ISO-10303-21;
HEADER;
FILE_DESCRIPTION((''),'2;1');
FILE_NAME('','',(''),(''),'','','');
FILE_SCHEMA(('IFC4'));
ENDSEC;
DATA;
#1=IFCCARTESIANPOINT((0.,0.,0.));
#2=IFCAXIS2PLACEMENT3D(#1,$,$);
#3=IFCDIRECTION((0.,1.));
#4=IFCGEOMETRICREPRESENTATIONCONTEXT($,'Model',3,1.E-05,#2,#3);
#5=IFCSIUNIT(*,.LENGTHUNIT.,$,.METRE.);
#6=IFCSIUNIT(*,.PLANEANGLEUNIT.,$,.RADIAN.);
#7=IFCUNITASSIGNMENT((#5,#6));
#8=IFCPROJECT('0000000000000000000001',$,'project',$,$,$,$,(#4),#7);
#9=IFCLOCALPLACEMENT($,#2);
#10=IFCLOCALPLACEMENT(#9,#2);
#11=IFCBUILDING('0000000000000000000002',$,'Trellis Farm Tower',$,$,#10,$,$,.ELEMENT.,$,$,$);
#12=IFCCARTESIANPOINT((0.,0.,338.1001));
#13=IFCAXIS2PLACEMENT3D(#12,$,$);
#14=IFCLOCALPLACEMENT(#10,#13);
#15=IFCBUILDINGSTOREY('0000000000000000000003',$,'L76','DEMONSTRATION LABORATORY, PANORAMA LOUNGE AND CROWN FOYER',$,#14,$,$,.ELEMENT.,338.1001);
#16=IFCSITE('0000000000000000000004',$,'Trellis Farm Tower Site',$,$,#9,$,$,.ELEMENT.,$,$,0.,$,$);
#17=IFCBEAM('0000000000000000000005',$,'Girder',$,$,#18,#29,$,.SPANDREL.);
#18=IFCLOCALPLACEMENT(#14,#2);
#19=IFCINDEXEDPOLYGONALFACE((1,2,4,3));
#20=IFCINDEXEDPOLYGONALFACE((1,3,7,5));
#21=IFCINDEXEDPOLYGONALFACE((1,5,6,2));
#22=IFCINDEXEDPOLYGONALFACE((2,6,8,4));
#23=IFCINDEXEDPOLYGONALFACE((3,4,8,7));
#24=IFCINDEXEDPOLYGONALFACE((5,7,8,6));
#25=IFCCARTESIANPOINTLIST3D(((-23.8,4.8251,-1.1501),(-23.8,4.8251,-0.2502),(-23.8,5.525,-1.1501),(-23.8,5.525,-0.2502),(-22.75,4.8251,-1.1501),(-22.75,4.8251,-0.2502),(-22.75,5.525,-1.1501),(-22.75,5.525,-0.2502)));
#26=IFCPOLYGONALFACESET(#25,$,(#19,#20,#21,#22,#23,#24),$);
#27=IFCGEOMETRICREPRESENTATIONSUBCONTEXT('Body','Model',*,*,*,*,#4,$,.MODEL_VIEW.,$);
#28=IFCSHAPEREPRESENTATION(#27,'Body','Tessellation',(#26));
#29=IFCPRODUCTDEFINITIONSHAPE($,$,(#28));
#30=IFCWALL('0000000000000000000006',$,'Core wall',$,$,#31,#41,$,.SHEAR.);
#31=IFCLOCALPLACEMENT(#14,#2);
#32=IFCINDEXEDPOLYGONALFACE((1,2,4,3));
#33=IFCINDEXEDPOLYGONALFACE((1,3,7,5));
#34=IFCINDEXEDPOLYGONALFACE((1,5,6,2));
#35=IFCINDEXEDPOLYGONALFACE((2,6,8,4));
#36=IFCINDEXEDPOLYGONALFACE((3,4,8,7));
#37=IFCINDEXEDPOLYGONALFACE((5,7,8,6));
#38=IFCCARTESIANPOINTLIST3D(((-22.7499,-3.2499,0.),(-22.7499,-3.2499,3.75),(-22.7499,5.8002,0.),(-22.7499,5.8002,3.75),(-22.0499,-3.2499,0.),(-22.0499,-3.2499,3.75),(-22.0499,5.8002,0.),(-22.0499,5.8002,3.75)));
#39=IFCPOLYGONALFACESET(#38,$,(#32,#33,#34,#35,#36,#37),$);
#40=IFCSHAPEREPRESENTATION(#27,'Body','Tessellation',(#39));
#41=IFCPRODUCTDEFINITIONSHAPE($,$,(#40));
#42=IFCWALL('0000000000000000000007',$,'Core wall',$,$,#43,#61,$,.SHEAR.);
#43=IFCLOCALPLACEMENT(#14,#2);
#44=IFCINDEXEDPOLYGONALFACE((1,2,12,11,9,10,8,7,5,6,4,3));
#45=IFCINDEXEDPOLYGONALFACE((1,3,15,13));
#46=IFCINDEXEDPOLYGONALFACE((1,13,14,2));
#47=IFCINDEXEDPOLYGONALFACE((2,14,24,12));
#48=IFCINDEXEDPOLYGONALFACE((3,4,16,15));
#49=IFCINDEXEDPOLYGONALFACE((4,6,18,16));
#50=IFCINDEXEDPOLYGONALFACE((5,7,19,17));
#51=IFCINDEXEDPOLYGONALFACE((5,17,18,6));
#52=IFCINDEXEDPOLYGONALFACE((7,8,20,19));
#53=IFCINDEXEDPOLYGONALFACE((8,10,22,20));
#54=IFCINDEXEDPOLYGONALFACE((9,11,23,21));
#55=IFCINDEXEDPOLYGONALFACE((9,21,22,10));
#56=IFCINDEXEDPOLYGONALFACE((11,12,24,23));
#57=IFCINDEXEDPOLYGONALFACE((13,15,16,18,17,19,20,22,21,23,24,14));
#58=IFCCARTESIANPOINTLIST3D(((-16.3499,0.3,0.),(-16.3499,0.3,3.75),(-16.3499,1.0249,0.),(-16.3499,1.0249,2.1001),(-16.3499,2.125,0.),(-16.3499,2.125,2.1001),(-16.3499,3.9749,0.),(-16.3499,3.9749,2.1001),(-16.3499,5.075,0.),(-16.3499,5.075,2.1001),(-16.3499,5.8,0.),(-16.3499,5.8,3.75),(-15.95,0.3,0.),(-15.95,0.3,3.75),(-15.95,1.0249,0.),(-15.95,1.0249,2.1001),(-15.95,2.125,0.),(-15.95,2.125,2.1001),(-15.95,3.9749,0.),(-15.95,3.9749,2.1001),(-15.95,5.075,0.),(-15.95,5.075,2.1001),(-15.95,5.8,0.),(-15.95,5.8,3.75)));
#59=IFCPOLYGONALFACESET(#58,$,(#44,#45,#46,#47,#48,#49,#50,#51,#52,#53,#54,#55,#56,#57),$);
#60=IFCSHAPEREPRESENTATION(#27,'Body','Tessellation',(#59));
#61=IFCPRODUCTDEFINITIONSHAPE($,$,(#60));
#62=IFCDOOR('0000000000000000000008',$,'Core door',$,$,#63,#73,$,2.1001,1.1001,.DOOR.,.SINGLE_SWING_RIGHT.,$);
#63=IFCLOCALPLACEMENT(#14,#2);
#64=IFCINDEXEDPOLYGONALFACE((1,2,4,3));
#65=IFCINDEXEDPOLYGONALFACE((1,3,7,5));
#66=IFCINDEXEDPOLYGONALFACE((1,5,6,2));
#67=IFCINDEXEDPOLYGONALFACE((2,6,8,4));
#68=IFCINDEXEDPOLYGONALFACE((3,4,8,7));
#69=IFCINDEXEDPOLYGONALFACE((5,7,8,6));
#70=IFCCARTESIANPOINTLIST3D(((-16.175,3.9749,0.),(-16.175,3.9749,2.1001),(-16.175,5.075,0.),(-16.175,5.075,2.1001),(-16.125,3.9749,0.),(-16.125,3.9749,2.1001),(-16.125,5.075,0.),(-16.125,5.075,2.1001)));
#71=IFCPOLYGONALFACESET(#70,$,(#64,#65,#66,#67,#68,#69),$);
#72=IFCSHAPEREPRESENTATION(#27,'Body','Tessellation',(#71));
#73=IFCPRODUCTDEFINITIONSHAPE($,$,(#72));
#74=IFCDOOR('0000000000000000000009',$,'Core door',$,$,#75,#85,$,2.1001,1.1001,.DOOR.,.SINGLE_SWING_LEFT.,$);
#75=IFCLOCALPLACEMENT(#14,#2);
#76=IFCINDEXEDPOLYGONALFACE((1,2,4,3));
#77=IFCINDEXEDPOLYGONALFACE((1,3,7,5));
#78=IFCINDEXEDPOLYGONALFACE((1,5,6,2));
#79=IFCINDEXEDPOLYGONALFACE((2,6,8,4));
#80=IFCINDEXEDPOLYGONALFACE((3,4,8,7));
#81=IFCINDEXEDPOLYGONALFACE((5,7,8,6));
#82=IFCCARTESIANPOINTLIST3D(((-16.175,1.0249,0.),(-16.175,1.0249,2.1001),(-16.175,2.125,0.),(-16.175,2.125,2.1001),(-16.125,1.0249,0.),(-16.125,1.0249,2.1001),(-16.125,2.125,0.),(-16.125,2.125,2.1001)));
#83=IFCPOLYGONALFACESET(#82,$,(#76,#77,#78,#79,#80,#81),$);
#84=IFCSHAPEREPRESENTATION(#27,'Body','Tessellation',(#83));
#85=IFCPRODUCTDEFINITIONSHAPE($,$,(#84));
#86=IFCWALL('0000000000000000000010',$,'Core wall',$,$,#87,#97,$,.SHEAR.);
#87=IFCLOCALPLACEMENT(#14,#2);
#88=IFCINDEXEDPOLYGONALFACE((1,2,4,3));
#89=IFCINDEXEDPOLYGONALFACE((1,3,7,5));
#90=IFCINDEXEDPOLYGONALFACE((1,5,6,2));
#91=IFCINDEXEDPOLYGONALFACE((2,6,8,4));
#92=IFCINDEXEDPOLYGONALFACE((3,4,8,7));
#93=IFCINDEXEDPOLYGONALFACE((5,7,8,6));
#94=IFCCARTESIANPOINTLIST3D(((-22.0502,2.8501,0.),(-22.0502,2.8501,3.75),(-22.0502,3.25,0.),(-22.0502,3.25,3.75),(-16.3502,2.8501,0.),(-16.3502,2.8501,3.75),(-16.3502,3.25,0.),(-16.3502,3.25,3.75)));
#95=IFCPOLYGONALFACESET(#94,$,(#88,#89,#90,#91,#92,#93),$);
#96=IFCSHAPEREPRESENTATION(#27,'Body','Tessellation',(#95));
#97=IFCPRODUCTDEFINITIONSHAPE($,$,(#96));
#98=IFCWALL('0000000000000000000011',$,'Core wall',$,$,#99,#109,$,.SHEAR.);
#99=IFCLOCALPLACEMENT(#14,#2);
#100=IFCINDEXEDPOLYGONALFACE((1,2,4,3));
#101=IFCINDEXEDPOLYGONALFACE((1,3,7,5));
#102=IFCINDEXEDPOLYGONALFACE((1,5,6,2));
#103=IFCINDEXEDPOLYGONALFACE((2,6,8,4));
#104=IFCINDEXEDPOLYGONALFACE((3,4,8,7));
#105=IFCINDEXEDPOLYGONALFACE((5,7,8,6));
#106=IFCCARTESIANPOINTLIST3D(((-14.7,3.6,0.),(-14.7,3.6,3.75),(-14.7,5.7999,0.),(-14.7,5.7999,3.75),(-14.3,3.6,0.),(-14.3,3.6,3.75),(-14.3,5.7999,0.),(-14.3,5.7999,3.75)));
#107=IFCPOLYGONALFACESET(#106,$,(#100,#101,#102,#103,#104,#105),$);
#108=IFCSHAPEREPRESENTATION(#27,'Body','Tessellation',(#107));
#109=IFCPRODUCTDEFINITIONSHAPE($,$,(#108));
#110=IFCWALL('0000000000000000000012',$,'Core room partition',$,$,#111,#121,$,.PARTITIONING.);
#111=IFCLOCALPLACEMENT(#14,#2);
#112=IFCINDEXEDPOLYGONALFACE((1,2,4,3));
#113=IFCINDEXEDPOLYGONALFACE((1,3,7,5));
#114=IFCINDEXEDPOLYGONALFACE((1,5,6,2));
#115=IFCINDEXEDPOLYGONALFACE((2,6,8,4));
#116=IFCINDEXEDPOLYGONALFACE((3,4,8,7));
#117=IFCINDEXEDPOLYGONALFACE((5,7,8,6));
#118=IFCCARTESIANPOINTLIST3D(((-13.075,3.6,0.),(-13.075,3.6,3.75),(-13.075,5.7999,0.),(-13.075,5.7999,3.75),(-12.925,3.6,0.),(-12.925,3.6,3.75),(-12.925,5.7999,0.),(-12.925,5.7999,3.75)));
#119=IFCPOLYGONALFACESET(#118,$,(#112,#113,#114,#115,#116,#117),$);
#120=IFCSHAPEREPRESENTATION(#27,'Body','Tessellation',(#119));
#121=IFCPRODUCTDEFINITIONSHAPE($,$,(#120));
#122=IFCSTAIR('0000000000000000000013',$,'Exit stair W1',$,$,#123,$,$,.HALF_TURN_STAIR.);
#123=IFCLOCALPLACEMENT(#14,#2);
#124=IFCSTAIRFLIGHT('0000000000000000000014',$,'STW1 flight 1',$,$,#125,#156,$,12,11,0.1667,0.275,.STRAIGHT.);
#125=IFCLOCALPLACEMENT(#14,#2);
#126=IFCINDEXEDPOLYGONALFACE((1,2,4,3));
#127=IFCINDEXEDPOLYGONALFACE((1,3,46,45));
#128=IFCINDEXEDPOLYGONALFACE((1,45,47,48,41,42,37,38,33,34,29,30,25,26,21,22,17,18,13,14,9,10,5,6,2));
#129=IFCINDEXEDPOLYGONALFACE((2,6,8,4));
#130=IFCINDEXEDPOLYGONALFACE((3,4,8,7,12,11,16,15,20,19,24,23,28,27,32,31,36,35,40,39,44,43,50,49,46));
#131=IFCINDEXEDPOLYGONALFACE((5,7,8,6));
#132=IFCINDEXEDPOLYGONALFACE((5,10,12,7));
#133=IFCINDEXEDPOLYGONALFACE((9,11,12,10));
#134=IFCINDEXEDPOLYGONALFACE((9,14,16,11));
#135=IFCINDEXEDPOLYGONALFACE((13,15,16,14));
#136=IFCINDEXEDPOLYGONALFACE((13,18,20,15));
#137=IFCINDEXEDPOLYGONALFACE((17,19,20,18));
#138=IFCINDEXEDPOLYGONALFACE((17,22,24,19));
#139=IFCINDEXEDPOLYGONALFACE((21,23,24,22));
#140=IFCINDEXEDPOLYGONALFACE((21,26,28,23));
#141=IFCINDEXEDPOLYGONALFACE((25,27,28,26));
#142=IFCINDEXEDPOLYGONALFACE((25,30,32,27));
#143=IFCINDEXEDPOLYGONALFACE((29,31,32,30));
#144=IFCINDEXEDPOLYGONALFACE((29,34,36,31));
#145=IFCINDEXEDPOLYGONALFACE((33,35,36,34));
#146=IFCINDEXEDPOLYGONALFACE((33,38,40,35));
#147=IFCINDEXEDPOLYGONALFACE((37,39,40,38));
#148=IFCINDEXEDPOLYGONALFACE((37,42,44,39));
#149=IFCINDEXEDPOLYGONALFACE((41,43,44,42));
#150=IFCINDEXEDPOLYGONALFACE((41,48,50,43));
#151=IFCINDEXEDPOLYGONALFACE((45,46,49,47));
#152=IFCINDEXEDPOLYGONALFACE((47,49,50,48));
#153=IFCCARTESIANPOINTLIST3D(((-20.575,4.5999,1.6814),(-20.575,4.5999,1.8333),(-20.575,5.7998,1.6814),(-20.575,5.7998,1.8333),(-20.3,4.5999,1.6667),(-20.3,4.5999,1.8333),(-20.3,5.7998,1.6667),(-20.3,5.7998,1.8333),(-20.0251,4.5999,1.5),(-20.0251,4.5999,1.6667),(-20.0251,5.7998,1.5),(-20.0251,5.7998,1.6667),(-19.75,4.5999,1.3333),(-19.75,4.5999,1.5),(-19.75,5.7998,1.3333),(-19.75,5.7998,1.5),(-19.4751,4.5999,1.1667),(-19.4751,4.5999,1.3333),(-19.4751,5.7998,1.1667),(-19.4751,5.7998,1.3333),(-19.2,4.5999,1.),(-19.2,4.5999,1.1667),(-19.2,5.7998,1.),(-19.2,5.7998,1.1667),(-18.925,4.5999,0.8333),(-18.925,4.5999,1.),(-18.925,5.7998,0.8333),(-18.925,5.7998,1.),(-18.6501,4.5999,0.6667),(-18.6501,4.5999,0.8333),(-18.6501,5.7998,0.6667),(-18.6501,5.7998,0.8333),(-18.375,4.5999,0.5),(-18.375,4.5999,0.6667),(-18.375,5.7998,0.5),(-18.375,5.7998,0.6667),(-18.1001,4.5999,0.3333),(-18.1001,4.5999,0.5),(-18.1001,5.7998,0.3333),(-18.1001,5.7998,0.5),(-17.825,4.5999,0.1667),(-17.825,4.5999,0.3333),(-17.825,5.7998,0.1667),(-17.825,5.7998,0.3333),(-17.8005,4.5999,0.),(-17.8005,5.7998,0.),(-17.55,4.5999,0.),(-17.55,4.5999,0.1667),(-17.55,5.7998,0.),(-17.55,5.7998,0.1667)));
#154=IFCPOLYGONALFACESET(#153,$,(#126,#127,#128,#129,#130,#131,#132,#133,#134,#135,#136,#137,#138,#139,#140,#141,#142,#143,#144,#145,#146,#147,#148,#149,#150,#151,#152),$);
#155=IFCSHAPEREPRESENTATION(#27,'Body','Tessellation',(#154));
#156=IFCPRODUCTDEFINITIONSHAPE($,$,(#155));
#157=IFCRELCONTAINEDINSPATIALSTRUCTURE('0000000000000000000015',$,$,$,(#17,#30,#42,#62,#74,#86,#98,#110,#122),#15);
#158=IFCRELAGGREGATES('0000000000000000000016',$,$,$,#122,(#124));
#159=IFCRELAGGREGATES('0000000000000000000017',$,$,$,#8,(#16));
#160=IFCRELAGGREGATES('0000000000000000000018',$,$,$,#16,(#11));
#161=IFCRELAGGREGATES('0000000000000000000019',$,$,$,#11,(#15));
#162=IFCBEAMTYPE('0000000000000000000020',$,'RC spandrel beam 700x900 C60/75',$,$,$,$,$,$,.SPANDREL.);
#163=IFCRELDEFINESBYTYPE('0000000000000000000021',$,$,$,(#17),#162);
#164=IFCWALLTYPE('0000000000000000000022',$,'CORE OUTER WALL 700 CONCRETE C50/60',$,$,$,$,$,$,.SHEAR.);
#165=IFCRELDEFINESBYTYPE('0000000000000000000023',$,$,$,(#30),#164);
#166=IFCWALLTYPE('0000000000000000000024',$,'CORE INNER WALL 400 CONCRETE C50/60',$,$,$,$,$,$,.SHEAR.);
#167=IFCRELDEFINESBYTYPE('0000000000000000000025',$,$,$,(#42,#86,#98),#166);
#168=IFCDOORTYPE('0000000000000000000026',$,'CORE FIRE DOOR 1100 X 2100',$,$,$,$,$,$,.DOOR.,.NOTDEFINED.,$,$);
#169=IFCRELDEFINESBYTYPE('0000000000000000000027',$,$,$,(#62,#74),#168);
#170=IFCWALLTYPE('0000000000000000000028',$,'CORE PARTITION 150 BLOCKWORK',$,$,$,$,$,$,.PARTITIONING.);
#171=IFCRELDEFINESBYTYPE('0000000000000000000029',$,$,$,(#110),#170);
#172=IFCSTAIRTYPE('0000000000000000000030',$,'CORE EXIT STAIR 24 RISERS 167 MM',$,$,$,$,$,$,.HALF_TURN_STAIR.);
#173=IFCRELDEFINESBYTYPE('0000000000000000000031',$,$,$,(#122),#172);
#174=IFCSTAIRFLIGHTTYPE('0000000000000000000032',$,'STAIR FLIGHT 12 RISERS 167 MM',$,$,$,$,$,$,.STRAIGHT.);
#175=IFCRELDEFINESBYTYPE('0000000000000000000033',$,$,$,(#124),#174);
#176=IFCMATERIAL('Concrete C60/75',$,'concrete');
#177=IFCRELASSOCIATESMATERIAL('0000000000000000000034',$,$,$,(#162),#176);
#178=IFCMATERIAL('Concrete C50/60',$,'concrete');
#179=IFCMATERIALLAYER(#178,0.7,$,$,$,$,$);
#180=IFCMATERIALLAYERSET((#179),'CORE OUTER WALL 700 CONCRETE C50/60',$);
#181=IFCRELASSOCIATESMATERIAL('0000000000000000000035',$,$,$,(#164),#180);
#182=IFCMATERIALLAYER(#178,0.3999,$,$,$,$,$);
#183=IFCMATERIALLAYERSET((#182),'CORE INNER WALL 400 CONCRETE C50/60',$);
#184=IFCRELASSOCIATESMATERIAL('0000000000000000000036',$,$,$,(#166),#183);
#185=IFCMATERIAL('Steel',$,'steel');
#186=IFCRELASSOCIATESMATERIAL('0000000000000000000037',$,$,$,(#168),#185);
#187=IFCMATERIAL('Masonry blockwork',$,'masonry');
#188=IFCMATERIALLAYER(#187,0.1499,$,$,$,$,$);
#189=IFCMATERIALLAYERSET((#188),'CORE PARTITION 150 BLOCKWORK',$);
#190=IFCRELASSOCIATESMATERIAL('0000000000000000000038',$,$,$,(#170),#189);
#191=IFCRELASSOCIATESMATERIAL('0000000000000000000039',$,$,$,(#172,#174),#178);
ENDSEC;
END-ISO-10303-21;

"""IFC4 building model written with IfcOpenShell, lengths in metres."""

from ifc_helpers import new_model, si_unit, direction, frame, frame_2d, origin, origin_2d, place, context, subcontext, project, spatial, polyline, rectangle, outline, extrude, source, transform, mapped, material, layer, layer_set, material_profile, profile_set, type_object, element, fill, aggregate, save


model = new_model("IFC4")

# Units and contexts
model_context = context("Model", 3, precision=1e-05, world=origin(), true_north=direction((0.0, 1.0)))
body_context = subcontext(model_context, "Body", "Model", "MODEL_VIEW")
ifc_project = project(units=[si_unit("LENGTHUNIT", "METRE"), si_unit("PLANEANGLEUNIT", "RADIAN")], contexts=[model_context])

# Site, building, storey
site_placement = place(None, origin())
site = spatial("IfcSite", under=ifc_project, at=site_placement, Name="Trellis Farm Tower Site", CompositionType="ELEMENT", RefElevation=0.0)
building_placement = place(site_placement, origin())
building = spatial("IfcBuilding", under=site, at=building_placement, Name="Trellis Farm Tower", CompositionType="ELEMENT")
storey_placement = place(building_placement, frame((0.0, 0.0, 338.1001)))
storey = spatial("IfcBuildingStorey", under=building, at=storey_placement, Name="L76", Description="DEMONSTRATION LABORATORY, PANORAMA LOUNGE AND CROWN FOYER", CompositionType="ELEMENT", Elevation=338.1001)

# Beam
ifc_material_1 = material(Name="Concrete C60/75", Category="concrete")
ifc_material_profile = material_profile(ifc_material_1, rectangle(XDim=0.7, YDim=0.8999, at=origin_2d()), Name="RC spandrel beam 700x900 C60/75")
ifc_profile_set = profile_set([ifc_material_profile], Name="Concrete C60/75")
beam_type = type_object("IfcBeamType", Name="RC spandrel beam 700x900 C60/75", PredefinedType="SPANDREL", material=ifc_profile_set)
shared_shape_1 = source(origin(), body_context, "Body", "SweptSolid", [
    extrude(rectangle(XDim=0.7, YDim=0.8999, at=origin_2d()), origin(), (0.0, 0.0, 1.0), 1.05),
])
beam_placement = place(storey_placement, frame((-23.8, 5.175, -0.7002), z_axis=(1.0, 0.0, 0.0), x_axis=(0.0, 1.0, 0.0)))
element("IfcBeam", 1, at=beam_placement, inside=storey, type_object=beam_type, Name="Girder", PredefinedType="SPANDREL", context=body_context, shape_type="MappedRepresentation", body=[
    mapped(shared_shape_1, transform((0.0, 0.0, 0.0))),
])

# Wall
ifc_material_2 = material(Name="Concrete C50/60", Category="concrete")
ifc_layer_1 = layer(ifc_material_2, 0.7)
ifc_layer_set_1 = layer_set([ifc_layer_1], Name="CORE OUTER WALL 700 CONCRETE C50/60")
wall_type_1 = type_object("IfcWallType", Name="CORE OUTER WALL 700 CONCRETE C50/60", PredefinedType="SHEAR", material=ifc_layer_set_1)
shared_shape_2 = source(origin(), body_context, "Body", "SweptSolid", [
    extrude(rectangle(XDim=9.05, YDim=0.7, at=frame_2d((4.5249, 0.0))), origin(), (0.0, 0.0, 1.0), 3.75),
])
wall_1_placement = place(storey_placement, frame((-22.3999, 5.8, 0.0), z_axis=(0.0, 0.0, 1.0), x_axis=(0.0, -1.0, 0.0)))
element("IfcWall", 2, at=wall_1_placement, inside=storey, type_object=wall_type_1, Name="Core wall", PredefinedType="SHEAR", context=body_context, shape_type="MappedRepresentation", body=[
    mapped(shared_shape_2, transform((0.0, 0.0, 0.0))),
])

# Wall, openings, doors
ifc_layer_2 = layer(ifc_material_2, 0.3999)
ifc_layer_set_2 = layer_set([ifc_layer_2], Name="CORE INNER WALL 400 CONCRETE C50/60")
wall_type_2 = type_object("IfcWallType", Name="CORE INNER WALL 400 CONCRETE C50/60", PredefinedType="SHEAR", material=ifc_layer_set_2)
shared_shape_3 = source(origin(), body_context, "Body", "SweptSolid", [
    extrude(rectangle(XDim=5.5, YDim=0.3999, at=frame_2d((2.75, 0.0))), origin(), (0.0, 0.0, 1.0), 3.75),
])
wall_2_placement = place(storey_placement, frame((-16.1499, 5.8, 0.0), z_axis=(0.0, 0.0, 1.0), x_axis=(0.0, -1.0, 0.0)))
wall_2 = element("IfcWall", 3, at=wall_2_placement, inside=storey, type_object=wall_type_2, Name="Core wall", PredefinedType="SHEAR", context=body_context, shape_type="MappedRepresentation", body=[
    mapped(shared_shape_3, transform((0.0, 0.0, 0.0))),
])
shared_shape_4 = source(origin(), body_context, "Body", "SweptSolid", [
    extrude(rectangle(XDim=1.1001, YDim=2.1001, at=frame_2d((0.55, 1.05))), frame((0.0, 0.21, 0.0), z_axis=(0.0, -1.0, 0.0), x_axis=(1.0, 0.0, 0.0)), (0.0, 0.0, 1.0), 0.4199),
])
opening_1_placement = place(wall_2_placement, frame((0.7251, 0.0, 0.0)))
opening_1 = element("IfcOpeningElement", 4, at=opening_1_placement, cuts=wall_2, PredefinedType="OPENING", context=body_context, shape_type="MappedRepresentation", body=[
    mapped(shared_shape_4, transform((0.0, 0.0, 0.0))),
])
opening_2_placement = place(wall_2_placement, frame((3.675, 0.0, 0.0)))
opening_2 = element("IfcOpeningElement", 5, at=opening_2_placement, cuts=wall_2, PredefinedType="OPENING", context=body_context, shape_type="MappedRepresentation", body=[
    mapped(shared_shape_4, transform((0.0, 0.0, 0.0))),
])
ifc_material_3 = material(Name="Steel", Category="steel")
door_type = type_object("IfcDoorType", Name="CORE FIRE DOOR 1100 X 2100", OperationType="NOTDEFINED", PredefinedType="DOOR", material=ifc_material_3)
shared_shape_5 = source(origin(), body_context, "Body", "SweptSolid", [
    extrude(rectangle(XDim=1.1001, YDim=2.1001, at=frame_2d((0.55, 1.05))), frame((0.0, 0.0249, 0.0), z_axis=(0.0, -1.0, 0.0), x_axis=(1.0, 0.0, 0.0)), (0.0, 0.0, 1.0), 0.05),
])
door_1_placement = place(opening_1_placement, origin())
door_1 = element("IfcDoor", 6, at=door_1_placement, inside=storey, type_object=door_type, Name="Core door", OperationType="SINGLE_SWING_RIGHT", OverallHeight=2.1001, OverallWidth=1.1001, PredefinedType="DOOR", context=body_context, shape_type="MappedRepresentation", body=[
    mapped(shared_shape_5, transform((0.0, 0.0, 0.0))),
])
fill(opening_1, door_1)
door_2_placement = place(opening_2_placement, origin())
door_2 = element("IfcDoor", 7, at=door_2_placement, inside=storey, type_object=door_type, Name="Core door", OperationType="SINGLE_SWING_LEFT", OverallHeight=2.1001, OverallWidth=1.1001, PredefinedType="DOOR", context=body_context, shape_type="MappedRepresentation", body=[
    mapped(shared_shape_5, transform((0.0, 0.0, 0.0))),
])
fill(opening_2, door_2)

# Walls
shared_shape_6 = source(origin(), body_context, "Body", "SweptSolid", [
    extrude(rectangle(XDim=5.7, YDim=0.3999, at=frame_2d((2.8501, 0.0))), origin(), (0.0, 0.0, 1.0), 3.75),
])
wall_3_placement = place(storey_placement, frame((-16.3501, 3.05, 0.0), z_axis=(0.0, 0.0, 1.0), x_axis=(-1.0, 0.0, 0.0)))
element("IfcWall", 8, at=wall_3_placement, inside=storey, type_object=wall_type_2, Name="Core wall", PredefinedType="SHEAR", context=body_context, shape_type="MappedRepresentation", body=[
    mapped(shared_shape_6, transform((0.0, 0.0, 0.0))),
])
shared_shape_7 = source(origin(), body_context, "Body", "SweptSolid", [
    extrude(rectangle(XDim=2.2, YDim=0.3999, at=frame_2d((1.1001, 0.0))), origin(), (0.0, 0.0, 1.0), 3.75),
])
wall_4_placement = place(storey_placement, frame((-14.5, 5.8, 0.0), z_axis=(0.0, 0.0, 1.0), x_axis=(0.0, -1.0, 0.0)))
element("IfcWall", 9, at=wall_4_placement, inside=storey, type_object=wall_type_2, Name="Core wall", PredefinedType="SHEAR", context=body_context, shape_type="MappedRepresentation", body=[
    mapped(shared_shape_7, transform((0.0, 0.0, 0.0))),
])
ifc_material_4 = material(Name="Masonry blockwork", Category="masonry")
ifc_layer_3 = layer(ifc_material_4, 0.1499)
ifc_layer_set_3 = layer_set([ifc_layer_3], Name="CORE PARTITION 150 BLOCKWORK")
wall_type_3 = type_object("IfcWallType", Name="CORE PARTITION 150 BLOCKWORK", PredefinedType="PARTITIONING", material=ifc_layer_set_3)
shared_shape_8 = source(origin(), body_context, "Body", "SweptSolid", [
    extrude(rectangle(XDim=2.2, YDim=0.1499, at=frame_2d((1.1001, 0.0))), origin(), (0.0, 0.0, 1.0), 3.75),
])
wall_5_placement = place(storey_placement, frame((-13.0, 5.8, 0.0), z_axis=(0.0, 0.0, 1.0), x_axis=(0.0, -1.0, 0.0)))
element("IfcWall", 10, at=wall_5_placement, inside=storey, type_object=wall_type_3, Name="Core room partition", PredefinedType="PARTITIONING", context=body_context, shape_type="MappedRepresentation", body=[
    mapped(shared_shape_8, transform((0.0, 0.0, 0.0))),
])

# Stair, stair flight
stair_type = type_object("IfcStairType", Name="CORE EXIT STAIR 24 RISERS 167 MM", PredefinedType="HALF_TURN_STAIR", material=ifc_material_2)
placement = place(storey_placement, origin())
stair_1 = element("IfcStair", 11, at=placement, inside=storey, type_object=stair_type, Name="Exit stair W1", PredefinedType="HALF_TURN_STAIR")
stair_flight_type = type_object("IfcStairFlightType", Name="STAIR FLIGHT 12 RISERS 167 MM", PredefinedType="STRAIGHT", material=ifc_material_2)
shared_shape_9 = source(origin(), body_context, "Body", "SweptSolid", [
    extrude(outline(polyline([(0.0, 0.0), (0.0, 0.1667), (0.2749, 0.1667), (0.2749, 0.3333), (0.55, 0.3333), (0.55, 0.5), (0.825, 0.5), (0.825, 0.6667), (1.1001, 0.6667), (1.1001, 0.8333), (1.375, 0.8333), (1.375, 1.0), (1.6499, 1.0), (1.6499, 1.1667), (1.925, 1.1667), (1.925, 1.3333), (2.2, 1.3333), (2.2, 1.5), (2.4751, 1.5), (2.4751, 1.6667), (2.75, 1.6667), (2.75, 1.8333), (3.0249, 1.8333), (3.0249, 2.0), (3.0249, 1.6814), (0.2505, 0.0), (0.0, 0.0)])), frame((0.0, 0.6001, 0.0), z_axis=(0.0, -1.0, 0.0), x_axis=(1.0, 0.0, 0.0)), (0.0, 0.0, 1.0), 1.2),
])
stair_flight_1_placement = place(storey_placement, frame((-17.55, 5.2, 0.0), z_axis=(0.0, 0.0, 1.0), x_axis=(-1.0, 0.0, 0.0)))
stair_flight_1 = element("IfcStairFlight", 12, at=stair_flight_1_placement, type_object=stair_flight_type, Name="STW1 flight 1", NumberOfRisers=12, NumberOfTreads=11, PredefinedType="STRAIGHT", RiserHeight=0.1667, TreadLength=0.275, context=body_context, shape_type="MappedRepresentation", body=[
    mapped(shared_shape_9, transform((0.0, 0.0, 0.0))),
])
aggregate(stair_1, [stair_flight_1])

save(model, "model.ifc")
